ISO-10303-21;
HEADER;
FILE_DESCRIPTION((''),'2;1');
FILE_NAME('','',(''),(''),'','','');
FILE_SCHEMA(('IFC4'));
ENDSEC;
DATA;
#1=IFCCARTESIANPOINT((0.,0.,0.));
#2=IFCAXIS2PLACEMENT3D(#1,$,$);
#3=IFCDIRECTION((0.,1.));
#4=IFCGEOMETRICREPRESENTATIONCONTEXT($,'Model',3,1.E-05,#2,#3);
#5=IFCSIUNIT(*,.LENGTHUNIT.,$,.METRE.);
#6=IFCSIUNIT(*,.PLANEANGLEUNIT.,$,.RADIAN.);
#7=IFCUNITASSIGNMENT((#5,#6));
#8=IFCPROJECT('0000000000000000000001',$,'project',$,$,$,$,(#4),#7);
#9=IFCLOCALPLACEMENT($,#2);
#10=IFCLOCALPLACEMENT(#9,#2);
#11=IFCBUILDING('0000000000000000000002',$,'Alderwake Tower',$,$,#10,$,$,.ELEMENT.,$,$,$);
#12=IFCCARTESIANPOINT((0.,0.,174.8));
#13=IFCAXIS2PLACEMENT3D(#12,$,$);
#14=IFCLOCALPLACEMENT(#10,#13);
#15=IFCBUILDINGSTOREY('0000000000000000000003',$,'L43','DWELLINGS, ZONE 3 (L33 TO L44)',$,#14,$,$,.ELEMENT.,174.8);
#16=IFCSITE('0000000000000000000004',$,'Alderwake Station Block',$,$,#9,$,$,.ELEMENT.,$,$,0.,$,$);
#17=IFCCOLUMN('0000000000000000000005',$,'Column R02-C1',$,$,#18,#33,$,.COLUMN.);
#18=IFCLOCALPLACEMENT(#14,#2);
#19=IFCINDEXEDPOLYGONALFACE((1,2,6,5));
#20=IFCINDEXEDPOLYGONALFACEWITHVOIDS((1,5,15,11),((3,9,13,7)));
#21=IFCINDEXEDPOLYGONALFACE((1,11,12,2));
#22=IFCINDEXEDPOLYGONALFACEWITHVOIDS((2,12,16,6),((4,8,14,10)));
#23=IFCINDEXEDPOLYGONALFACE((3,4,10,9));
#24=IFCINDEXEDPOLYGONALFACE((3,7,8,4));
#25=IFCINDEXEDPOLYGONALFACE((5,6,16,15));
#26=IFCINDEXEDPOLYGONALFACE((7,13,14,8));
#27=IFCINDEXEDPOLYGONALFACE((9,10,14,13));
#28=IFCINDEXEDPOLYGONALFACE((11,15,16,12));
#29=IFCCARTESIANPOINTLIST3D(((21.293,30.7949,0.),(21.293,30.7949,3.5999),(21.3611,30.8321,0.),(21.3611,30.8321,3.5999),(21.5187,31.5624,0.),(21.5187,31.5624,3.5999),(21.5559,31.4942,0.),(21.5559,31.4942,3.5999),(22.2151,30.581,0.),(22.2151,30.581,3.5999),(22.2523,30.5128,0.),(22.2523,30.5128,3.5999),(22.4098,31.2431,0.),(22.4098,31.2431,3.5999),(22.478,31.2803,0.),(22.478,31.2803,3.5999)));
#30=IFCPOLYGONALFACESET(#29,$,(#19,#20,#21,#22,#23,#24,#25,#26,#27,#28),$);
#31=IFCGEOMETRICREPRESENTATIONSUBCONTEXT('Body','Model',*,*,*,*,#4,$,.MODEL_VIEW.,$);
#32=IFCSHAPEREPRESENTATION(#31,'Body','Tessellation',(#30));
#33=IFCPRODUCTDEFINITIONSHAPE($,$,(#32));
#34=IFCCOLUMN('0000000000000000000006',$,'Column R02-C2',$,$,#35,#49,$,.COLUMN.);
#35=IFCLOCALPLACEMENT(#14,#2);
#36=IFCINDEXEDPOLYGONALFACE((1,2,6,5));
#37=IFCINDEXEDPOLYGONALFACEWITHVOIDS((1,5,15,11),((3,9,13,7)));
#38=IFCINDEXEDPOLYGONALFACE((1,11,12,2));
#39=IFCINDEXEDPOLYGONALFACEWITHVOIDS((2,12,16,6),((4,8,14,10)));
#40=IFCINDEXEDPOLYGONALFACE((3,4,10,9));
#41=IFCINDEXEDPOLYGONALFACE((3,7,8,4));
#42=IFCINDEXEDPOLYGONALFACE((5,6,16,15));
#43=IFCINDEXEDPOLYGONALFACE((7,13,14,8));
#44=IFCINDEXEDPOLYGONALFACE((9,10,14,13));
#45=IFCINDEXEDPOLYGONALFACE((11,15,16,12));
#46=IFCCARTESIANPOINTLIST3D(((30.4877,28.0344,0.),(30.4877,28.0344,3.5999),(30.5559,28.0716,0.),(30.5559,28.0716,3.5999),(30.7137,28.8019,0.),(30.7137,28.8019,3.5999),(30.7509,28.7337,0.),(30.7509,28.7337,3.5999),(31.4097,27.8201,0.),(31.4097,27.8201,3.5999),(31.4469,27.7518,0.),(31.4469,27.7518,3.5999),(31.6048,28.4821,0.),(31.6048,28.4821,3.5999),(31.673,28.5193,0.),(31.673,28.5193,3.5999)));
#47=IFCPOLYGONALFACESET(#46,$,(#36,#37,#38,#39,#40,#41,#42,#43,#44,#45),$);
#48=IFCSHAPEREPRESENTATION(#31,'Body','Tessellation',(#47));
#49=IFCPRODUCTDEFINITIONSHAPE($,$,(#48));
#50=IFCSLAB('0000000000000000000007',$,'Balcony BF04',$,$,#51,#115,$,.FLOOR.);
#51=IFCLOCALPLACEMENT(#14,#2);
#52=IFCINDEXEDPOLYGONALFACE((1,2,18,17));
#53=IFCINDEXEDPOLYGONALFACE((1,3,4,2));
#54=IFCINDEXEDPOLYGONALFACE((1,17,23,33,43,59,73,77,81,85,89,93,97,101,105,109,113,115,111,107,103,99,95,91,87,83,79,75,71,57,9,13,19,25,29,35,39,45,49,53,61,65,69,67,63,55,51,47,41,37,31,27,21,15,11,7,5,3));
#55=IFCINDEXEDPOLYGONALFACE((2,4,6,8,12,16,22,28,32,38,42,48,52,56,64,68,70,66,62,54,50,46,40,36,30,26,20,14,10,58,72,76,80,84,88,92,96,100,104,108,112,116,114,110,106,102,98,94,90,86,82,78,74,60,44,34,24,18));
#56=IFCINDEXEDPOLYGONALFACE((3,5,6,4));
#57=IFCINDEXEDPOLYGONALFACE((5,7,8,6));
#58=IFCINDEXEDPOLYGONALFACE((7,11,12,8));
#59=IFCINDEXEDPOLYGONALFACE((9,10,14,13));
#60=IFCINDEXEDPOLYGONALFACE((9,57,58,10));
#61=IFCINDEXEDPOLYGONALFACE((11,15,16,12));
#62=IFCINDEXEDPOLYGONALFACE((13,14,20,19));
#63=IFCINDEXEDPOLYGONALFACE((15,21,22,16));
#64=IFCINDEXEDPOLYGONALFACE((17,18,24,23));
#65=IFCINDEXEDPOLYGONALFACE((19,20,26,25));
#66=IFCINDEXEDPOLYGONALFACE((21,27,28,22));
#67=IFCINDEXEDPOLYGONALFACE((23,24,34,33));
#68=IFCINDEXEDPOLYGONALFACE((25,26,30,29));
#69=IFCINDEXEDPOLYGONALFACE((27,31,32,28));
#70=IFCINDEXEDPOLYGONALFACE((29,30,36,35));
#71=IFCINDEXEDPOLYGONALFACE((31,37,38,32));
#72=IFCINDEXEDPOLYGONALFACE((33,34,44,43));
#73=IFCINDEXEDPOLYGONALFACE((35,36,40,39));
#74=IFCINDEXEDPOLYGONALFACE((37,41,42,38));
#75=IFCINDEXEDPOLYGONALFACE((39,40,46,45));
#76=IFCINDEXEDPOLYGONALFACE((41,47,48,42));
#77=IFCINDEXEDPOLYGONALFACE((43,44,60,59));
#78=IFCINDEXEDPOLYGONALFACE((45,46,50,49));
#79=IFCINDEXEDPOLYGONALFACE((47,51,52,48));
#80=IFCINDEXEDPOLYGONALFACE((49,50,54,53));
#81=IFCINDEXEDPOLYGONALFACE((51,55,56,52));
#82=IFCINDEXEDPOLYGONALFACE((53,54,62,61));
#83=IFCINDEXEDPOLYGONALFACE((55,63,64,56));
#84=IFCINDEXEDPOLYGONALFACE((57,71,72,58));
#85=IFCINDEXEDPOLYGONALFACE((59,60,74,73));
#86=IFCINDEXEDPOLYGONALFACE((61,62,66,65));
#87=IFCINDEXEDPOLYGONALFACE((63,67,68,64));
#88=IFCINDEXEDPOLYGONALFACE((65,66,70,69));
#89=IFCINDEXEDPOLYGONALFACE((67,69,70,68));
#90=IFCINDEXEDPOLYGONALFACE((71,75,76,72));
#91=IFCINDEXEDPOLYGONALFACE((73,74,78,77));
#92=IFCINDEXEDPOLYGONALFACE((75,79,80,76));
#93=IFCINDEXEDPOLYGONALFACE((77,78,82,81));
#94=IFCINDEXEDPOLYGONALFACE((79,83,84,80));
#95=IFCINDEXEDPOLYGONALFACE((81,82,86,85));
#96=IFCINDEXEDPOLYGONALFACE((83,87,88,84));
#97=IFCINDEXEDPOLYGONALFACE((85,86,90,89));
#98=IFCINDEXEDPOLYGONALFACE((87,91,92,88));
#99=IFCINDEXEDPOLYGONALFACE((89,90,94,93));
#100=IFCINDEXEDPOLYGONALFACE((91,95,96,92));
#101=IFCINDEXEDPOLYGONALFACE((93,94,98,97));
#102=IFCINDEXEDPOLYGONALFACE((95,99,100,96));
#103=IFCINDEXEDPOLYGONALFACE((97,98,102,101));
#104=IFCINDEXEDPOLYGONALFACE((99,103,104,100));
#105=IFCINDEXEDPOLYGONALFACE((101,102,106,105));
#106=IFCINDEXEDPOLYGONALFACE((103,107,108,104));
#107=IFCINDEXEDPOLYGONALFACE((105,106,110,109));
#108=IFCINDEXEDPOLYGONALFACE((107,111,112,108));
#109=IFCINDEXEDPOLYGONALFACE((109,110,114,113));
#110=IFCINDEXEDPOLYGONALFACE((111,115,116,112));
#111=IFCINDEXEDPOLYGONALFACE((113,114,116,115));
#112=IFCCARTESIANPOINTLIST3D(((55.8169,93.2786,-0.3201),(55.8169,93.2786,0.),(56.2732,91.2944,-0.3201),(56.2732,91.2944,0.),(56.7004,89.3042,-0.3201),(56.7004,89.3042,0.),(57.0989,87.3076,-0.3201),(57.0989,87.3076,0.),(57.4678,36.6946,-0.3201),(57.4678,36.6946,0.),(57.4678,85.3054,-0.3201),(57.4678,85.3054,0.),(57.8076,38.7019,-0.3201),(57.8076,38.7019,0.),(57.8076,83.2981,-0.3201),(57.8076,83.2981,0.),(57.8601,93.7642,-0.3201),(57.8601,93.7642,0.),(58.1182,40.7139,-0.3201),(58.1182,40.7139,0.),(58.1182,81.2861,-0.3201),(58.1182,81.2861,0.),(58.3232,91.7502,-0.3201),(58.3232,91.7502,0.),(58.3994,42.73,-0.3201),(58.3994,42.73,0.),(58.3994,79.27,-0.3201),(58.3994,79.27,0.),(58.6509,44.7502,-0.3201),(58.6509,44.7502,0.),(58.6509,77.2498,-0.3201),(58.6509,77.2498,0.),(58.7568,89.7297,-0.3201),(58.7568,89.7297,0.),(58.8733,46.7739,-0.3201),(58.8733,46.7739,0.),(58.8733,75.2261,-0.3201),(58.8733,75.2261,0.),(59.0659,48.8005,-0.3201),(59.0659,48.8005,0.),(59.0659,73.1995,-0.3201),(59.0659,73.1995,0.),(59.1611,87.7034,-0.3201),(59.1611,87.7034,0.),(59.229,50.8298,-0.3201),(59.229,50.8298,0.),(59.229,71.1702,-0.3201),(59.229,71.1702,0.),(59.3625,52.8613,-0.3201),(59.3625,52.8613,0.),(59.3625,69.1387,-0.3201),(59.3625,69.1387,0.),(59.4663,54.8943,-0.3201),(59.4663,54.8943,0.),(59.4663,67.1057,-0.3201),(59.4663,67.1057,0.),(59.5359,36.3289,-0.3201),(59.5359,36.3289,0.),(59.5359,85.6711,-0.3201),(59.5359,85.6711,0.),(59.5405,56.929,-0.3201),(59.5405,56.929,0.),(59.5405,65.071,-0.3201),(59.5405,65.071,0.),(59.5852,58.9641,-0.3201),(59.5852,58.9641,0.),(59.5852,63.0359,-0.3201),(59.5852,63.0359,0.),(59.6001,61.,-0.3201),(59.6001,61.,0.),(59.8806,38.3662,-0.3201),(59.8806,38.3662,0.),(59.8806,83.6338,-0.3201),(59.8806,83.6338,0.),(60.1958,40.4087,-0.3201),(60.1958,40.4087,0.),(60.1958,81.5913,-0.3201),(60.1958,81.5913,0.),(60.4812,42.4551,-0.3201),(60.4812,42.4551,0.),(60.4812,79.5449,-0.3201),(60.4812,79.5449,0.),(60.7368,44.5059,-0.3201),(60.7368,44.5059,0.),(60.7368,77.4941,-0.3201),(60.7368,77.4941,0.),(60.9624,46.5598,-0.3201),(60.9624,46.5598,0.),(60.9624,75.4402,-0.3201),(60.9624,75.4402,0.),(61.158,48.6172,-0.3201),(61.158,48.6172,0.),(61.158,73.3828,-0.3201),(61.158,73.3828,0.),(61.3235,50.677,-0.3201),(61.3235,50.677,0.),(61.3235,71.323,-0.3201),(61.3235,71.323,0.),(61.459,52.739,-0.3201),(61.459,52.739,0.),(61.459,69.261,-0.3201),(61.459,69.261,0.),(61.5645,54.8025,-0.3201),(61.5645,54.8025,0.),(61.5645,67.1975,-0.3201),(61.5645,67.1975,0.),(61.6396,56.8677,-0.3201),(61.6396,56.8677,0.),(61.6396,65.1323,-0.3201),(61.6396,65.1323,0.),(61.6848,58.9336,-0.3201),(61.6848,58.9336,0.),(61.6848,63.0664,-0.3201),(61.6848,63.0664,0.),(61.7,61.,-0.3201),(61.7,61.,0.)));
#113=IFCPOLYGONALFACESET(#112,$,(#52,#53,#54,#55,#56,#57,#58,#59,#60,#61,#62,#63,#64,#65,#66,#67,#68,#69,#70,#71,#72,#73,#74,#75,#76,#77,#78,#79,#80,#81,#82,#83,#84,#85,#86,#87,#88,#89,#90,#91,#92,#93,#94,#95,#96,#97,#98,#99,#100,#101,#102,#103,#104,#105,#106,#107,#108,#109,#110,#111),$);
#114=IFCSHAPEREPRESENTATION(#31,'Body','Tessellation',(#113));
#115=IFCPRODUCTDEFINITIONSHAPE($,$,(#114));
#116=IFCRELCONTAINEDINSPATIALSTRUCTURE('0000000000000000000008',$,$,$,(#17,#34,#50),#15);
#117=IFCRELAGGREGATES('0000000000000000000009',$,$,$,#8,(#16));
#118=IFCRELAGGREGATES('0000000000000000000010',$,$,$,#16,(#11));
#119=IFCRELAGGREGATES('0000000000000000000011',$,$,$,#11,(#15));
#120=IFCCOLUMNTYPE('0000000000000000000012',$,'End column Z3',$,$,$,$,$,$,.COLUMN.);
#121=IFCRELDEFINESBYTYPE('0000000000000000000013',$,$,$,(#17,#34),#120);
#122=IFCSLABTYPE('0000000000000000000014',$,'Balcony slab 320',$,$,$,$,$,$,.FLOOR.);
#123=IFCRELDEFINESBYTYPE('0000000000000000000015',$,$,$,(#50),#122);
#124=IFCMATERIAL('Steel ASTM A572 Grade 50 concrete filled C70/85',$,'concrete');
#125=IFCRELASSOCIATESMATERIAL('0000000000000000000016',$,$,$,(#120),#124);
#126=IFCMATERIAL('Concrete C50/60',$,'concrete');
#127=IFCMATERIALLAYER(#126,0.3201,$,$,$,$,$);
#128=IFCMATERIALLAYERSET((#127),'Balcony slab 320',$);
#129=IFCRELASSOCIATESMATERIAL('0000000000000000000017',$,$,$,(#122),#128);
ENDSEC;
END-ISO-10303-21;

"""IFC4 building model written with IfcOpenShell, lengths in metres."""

from ifc_helpers import new_model, si_unit, direction, frame, origin, origin_2d, place, context, subcontext, project, spatial, polyline, hollow_rectangle, outline, extrude, material, layer, layer_set, material_profile, profile_set, type_object, element, save


model = new_model("IFC4")

# Units and contexts
model_context = context("Model", 3, precision=1e-05, world=origin(), true_north=direction((0.0, 1.0)))
body_context = subcontext(model_context, "Body", "Model", "MODEL_VIEW")
ifc_project = project(units=[si_unit("LENGTHUNIT", "METRE"), si_unit("PLANEANGLEUNIT", "RADIAN")], contexts=[model_context])

# Site, building, storey
site_placement = place(None, origin())
site = spatial("IfcSite", under=ifc_project, at=site_placement, Name="Alderwake Station Block", CompositionType="ELEMENT", RefElevation=0.0)
building_placement = place(site_placement, origin())
building = spatial("IfcBuilding", under=site, at=building_placement, Name="Alderwake Tower", CompositionType="ELEMENT")
storey_placement = place(building_placement, frame((0.0, 0.0, 174.8)))
storey = spatial("IfcBuildingStorey", under=building, at=storey_placement, Name="L43", Description="DWELLINGS, ZONE 3 (L33 TO L44)", CompositionType="ELEMENT", Elevation=174.8)

# Columns
ifc_material_1 = material(Name="Steel ASTM A572 Grade 50 concrete filled C70/85", Category="concrete")
ifc_material_profile = material_profile(ifc_material_1, hollow_rectangle(XDim=0.8, YDim=1.0, WallThickness=0.0549, at=origin_2d()), Name="BOX 1000X800X55")
ifc_profile_set = profile_set([ifc_material_profile], Name="Steel ASTM A572 Grade 50 concrete filled C70/85")
column_type = type_object("IfcColumnType", Name="End column Z3", PredefinedType="COLUMN", material=ifc_profile_set)
for number, where, z_axis, x_axis, name in (
    (1, (21.8855, 31.0376, 0.0), (0.0, 0.0, 1.0), (0.282132, 0.959376, 0.0), "Column R02-C1"),
    (2, (31.0803, 28.2769, 0.0), (0.0, 0.0, 1.0), (0.282583, 0.959243, 0.0), "Column R02-C2"),
):
    element("IfcColumn", number, at=place(storey_placement, frame(where, z_axis=z_axis, x_axis=x_axis)), inside=storey, type_object=column_type, Name=name, PredefinedType="COLUMN", context=body_context, shape_type="SweptSolid", body=[
        extrude(hollow_rectangle(XDim=0.8, YDim=1.0, WallThickness=0.0549, at=origin_2d()), origin(), (0.0, 0.0, 1.0), 3.5999),
    ])

# Slab
ifc_material_2 = material(Name="Concrete C50/60", Category="concrete")
ifc_layer_1 = layer(ifc_material_2, 0.3201)
ifc_layer_set_1 = layer_set([ifc_layer_1], Name="Balcony slab 320")
slab_type_1 = type_object("IfcSlabType", Name="Balcony slab 320", PredefinedType="FLOOR", material=ifc_layer_set_1)
slab_1_placement = place(storey_placement, frame((0.0, 0.0, -0.3201)))
element("IfcSlab", 3, at=slab_1_placement, inside=storey, type_object=slab_type_1, Name="Balcony BF04", PredefinedType="FLOOR", context=body_context, shape_type="SweptSolid", body=[
    extrude(outline(polyline([(59.8806, 38.3662), (60.1958, 40.4087), (60.4812, 42.4551), (60.7368, 44.5059), (60.9624, 46.5598), (61.158, 48.6172), (61.3235, 50.677), (61.459, 52.739), (61.5645, 54.8025), (61.6396, 56.8677), (61.6848, 58.9336), (61.7, 61.0), (61.6848, 63.0664), (61.6396, 65.1323), (61.5645, 67.1975), (61.459, 69.261), (61.3235, 71.323), (61.158, 73.3828), (60.9624, 75.4402), (60.7368, 77.4941), (60.4812, 79.5449), (60.1958, 81.5913), (59.8806, 83.6338), (59.5359, 85.6711), (59.1611, 87.7034), (58.7568, 89.7297), (58.3232, 91.7502), (57.8601, 93.7642), (55.8169, 93.2786), (56.2732, 91.2944), (56.7004, 89.3042), (57.0989, 87.3076), (57.4678, 85.3054), (57.8076, 83.2981), (58.1182, 81.2861), (58.3994, 79.27), (58.6509, 77.2498), (58.8733, 75.2261), (59.0659, 73.1995), (59.229, 71.1702), (59.3625, 69.1387), (59.4663, 67.1057), (59.5405, 65.071), (59.5852, 63.0359), (59.6001, 61.0), (59.5852, 58.9641), (59.5405, 56.929), (59.4663, 54.8943), (59.3625, 52.8613), (59.229, 50.8298), (59.0659, 48.8005), (58.8733, 46.7739), (58.6509, 44.7502), (58.3994, 42.73), (58.1182, 40.7139), (57.8076, 38.7019), (57.4678, 36.6946), (59.5359, 36.3289), (59.8806, 38.3662)])), origin(), (0.0, 0.0, 1.0), 0.3201),
])

save(model, "model.ifc")
